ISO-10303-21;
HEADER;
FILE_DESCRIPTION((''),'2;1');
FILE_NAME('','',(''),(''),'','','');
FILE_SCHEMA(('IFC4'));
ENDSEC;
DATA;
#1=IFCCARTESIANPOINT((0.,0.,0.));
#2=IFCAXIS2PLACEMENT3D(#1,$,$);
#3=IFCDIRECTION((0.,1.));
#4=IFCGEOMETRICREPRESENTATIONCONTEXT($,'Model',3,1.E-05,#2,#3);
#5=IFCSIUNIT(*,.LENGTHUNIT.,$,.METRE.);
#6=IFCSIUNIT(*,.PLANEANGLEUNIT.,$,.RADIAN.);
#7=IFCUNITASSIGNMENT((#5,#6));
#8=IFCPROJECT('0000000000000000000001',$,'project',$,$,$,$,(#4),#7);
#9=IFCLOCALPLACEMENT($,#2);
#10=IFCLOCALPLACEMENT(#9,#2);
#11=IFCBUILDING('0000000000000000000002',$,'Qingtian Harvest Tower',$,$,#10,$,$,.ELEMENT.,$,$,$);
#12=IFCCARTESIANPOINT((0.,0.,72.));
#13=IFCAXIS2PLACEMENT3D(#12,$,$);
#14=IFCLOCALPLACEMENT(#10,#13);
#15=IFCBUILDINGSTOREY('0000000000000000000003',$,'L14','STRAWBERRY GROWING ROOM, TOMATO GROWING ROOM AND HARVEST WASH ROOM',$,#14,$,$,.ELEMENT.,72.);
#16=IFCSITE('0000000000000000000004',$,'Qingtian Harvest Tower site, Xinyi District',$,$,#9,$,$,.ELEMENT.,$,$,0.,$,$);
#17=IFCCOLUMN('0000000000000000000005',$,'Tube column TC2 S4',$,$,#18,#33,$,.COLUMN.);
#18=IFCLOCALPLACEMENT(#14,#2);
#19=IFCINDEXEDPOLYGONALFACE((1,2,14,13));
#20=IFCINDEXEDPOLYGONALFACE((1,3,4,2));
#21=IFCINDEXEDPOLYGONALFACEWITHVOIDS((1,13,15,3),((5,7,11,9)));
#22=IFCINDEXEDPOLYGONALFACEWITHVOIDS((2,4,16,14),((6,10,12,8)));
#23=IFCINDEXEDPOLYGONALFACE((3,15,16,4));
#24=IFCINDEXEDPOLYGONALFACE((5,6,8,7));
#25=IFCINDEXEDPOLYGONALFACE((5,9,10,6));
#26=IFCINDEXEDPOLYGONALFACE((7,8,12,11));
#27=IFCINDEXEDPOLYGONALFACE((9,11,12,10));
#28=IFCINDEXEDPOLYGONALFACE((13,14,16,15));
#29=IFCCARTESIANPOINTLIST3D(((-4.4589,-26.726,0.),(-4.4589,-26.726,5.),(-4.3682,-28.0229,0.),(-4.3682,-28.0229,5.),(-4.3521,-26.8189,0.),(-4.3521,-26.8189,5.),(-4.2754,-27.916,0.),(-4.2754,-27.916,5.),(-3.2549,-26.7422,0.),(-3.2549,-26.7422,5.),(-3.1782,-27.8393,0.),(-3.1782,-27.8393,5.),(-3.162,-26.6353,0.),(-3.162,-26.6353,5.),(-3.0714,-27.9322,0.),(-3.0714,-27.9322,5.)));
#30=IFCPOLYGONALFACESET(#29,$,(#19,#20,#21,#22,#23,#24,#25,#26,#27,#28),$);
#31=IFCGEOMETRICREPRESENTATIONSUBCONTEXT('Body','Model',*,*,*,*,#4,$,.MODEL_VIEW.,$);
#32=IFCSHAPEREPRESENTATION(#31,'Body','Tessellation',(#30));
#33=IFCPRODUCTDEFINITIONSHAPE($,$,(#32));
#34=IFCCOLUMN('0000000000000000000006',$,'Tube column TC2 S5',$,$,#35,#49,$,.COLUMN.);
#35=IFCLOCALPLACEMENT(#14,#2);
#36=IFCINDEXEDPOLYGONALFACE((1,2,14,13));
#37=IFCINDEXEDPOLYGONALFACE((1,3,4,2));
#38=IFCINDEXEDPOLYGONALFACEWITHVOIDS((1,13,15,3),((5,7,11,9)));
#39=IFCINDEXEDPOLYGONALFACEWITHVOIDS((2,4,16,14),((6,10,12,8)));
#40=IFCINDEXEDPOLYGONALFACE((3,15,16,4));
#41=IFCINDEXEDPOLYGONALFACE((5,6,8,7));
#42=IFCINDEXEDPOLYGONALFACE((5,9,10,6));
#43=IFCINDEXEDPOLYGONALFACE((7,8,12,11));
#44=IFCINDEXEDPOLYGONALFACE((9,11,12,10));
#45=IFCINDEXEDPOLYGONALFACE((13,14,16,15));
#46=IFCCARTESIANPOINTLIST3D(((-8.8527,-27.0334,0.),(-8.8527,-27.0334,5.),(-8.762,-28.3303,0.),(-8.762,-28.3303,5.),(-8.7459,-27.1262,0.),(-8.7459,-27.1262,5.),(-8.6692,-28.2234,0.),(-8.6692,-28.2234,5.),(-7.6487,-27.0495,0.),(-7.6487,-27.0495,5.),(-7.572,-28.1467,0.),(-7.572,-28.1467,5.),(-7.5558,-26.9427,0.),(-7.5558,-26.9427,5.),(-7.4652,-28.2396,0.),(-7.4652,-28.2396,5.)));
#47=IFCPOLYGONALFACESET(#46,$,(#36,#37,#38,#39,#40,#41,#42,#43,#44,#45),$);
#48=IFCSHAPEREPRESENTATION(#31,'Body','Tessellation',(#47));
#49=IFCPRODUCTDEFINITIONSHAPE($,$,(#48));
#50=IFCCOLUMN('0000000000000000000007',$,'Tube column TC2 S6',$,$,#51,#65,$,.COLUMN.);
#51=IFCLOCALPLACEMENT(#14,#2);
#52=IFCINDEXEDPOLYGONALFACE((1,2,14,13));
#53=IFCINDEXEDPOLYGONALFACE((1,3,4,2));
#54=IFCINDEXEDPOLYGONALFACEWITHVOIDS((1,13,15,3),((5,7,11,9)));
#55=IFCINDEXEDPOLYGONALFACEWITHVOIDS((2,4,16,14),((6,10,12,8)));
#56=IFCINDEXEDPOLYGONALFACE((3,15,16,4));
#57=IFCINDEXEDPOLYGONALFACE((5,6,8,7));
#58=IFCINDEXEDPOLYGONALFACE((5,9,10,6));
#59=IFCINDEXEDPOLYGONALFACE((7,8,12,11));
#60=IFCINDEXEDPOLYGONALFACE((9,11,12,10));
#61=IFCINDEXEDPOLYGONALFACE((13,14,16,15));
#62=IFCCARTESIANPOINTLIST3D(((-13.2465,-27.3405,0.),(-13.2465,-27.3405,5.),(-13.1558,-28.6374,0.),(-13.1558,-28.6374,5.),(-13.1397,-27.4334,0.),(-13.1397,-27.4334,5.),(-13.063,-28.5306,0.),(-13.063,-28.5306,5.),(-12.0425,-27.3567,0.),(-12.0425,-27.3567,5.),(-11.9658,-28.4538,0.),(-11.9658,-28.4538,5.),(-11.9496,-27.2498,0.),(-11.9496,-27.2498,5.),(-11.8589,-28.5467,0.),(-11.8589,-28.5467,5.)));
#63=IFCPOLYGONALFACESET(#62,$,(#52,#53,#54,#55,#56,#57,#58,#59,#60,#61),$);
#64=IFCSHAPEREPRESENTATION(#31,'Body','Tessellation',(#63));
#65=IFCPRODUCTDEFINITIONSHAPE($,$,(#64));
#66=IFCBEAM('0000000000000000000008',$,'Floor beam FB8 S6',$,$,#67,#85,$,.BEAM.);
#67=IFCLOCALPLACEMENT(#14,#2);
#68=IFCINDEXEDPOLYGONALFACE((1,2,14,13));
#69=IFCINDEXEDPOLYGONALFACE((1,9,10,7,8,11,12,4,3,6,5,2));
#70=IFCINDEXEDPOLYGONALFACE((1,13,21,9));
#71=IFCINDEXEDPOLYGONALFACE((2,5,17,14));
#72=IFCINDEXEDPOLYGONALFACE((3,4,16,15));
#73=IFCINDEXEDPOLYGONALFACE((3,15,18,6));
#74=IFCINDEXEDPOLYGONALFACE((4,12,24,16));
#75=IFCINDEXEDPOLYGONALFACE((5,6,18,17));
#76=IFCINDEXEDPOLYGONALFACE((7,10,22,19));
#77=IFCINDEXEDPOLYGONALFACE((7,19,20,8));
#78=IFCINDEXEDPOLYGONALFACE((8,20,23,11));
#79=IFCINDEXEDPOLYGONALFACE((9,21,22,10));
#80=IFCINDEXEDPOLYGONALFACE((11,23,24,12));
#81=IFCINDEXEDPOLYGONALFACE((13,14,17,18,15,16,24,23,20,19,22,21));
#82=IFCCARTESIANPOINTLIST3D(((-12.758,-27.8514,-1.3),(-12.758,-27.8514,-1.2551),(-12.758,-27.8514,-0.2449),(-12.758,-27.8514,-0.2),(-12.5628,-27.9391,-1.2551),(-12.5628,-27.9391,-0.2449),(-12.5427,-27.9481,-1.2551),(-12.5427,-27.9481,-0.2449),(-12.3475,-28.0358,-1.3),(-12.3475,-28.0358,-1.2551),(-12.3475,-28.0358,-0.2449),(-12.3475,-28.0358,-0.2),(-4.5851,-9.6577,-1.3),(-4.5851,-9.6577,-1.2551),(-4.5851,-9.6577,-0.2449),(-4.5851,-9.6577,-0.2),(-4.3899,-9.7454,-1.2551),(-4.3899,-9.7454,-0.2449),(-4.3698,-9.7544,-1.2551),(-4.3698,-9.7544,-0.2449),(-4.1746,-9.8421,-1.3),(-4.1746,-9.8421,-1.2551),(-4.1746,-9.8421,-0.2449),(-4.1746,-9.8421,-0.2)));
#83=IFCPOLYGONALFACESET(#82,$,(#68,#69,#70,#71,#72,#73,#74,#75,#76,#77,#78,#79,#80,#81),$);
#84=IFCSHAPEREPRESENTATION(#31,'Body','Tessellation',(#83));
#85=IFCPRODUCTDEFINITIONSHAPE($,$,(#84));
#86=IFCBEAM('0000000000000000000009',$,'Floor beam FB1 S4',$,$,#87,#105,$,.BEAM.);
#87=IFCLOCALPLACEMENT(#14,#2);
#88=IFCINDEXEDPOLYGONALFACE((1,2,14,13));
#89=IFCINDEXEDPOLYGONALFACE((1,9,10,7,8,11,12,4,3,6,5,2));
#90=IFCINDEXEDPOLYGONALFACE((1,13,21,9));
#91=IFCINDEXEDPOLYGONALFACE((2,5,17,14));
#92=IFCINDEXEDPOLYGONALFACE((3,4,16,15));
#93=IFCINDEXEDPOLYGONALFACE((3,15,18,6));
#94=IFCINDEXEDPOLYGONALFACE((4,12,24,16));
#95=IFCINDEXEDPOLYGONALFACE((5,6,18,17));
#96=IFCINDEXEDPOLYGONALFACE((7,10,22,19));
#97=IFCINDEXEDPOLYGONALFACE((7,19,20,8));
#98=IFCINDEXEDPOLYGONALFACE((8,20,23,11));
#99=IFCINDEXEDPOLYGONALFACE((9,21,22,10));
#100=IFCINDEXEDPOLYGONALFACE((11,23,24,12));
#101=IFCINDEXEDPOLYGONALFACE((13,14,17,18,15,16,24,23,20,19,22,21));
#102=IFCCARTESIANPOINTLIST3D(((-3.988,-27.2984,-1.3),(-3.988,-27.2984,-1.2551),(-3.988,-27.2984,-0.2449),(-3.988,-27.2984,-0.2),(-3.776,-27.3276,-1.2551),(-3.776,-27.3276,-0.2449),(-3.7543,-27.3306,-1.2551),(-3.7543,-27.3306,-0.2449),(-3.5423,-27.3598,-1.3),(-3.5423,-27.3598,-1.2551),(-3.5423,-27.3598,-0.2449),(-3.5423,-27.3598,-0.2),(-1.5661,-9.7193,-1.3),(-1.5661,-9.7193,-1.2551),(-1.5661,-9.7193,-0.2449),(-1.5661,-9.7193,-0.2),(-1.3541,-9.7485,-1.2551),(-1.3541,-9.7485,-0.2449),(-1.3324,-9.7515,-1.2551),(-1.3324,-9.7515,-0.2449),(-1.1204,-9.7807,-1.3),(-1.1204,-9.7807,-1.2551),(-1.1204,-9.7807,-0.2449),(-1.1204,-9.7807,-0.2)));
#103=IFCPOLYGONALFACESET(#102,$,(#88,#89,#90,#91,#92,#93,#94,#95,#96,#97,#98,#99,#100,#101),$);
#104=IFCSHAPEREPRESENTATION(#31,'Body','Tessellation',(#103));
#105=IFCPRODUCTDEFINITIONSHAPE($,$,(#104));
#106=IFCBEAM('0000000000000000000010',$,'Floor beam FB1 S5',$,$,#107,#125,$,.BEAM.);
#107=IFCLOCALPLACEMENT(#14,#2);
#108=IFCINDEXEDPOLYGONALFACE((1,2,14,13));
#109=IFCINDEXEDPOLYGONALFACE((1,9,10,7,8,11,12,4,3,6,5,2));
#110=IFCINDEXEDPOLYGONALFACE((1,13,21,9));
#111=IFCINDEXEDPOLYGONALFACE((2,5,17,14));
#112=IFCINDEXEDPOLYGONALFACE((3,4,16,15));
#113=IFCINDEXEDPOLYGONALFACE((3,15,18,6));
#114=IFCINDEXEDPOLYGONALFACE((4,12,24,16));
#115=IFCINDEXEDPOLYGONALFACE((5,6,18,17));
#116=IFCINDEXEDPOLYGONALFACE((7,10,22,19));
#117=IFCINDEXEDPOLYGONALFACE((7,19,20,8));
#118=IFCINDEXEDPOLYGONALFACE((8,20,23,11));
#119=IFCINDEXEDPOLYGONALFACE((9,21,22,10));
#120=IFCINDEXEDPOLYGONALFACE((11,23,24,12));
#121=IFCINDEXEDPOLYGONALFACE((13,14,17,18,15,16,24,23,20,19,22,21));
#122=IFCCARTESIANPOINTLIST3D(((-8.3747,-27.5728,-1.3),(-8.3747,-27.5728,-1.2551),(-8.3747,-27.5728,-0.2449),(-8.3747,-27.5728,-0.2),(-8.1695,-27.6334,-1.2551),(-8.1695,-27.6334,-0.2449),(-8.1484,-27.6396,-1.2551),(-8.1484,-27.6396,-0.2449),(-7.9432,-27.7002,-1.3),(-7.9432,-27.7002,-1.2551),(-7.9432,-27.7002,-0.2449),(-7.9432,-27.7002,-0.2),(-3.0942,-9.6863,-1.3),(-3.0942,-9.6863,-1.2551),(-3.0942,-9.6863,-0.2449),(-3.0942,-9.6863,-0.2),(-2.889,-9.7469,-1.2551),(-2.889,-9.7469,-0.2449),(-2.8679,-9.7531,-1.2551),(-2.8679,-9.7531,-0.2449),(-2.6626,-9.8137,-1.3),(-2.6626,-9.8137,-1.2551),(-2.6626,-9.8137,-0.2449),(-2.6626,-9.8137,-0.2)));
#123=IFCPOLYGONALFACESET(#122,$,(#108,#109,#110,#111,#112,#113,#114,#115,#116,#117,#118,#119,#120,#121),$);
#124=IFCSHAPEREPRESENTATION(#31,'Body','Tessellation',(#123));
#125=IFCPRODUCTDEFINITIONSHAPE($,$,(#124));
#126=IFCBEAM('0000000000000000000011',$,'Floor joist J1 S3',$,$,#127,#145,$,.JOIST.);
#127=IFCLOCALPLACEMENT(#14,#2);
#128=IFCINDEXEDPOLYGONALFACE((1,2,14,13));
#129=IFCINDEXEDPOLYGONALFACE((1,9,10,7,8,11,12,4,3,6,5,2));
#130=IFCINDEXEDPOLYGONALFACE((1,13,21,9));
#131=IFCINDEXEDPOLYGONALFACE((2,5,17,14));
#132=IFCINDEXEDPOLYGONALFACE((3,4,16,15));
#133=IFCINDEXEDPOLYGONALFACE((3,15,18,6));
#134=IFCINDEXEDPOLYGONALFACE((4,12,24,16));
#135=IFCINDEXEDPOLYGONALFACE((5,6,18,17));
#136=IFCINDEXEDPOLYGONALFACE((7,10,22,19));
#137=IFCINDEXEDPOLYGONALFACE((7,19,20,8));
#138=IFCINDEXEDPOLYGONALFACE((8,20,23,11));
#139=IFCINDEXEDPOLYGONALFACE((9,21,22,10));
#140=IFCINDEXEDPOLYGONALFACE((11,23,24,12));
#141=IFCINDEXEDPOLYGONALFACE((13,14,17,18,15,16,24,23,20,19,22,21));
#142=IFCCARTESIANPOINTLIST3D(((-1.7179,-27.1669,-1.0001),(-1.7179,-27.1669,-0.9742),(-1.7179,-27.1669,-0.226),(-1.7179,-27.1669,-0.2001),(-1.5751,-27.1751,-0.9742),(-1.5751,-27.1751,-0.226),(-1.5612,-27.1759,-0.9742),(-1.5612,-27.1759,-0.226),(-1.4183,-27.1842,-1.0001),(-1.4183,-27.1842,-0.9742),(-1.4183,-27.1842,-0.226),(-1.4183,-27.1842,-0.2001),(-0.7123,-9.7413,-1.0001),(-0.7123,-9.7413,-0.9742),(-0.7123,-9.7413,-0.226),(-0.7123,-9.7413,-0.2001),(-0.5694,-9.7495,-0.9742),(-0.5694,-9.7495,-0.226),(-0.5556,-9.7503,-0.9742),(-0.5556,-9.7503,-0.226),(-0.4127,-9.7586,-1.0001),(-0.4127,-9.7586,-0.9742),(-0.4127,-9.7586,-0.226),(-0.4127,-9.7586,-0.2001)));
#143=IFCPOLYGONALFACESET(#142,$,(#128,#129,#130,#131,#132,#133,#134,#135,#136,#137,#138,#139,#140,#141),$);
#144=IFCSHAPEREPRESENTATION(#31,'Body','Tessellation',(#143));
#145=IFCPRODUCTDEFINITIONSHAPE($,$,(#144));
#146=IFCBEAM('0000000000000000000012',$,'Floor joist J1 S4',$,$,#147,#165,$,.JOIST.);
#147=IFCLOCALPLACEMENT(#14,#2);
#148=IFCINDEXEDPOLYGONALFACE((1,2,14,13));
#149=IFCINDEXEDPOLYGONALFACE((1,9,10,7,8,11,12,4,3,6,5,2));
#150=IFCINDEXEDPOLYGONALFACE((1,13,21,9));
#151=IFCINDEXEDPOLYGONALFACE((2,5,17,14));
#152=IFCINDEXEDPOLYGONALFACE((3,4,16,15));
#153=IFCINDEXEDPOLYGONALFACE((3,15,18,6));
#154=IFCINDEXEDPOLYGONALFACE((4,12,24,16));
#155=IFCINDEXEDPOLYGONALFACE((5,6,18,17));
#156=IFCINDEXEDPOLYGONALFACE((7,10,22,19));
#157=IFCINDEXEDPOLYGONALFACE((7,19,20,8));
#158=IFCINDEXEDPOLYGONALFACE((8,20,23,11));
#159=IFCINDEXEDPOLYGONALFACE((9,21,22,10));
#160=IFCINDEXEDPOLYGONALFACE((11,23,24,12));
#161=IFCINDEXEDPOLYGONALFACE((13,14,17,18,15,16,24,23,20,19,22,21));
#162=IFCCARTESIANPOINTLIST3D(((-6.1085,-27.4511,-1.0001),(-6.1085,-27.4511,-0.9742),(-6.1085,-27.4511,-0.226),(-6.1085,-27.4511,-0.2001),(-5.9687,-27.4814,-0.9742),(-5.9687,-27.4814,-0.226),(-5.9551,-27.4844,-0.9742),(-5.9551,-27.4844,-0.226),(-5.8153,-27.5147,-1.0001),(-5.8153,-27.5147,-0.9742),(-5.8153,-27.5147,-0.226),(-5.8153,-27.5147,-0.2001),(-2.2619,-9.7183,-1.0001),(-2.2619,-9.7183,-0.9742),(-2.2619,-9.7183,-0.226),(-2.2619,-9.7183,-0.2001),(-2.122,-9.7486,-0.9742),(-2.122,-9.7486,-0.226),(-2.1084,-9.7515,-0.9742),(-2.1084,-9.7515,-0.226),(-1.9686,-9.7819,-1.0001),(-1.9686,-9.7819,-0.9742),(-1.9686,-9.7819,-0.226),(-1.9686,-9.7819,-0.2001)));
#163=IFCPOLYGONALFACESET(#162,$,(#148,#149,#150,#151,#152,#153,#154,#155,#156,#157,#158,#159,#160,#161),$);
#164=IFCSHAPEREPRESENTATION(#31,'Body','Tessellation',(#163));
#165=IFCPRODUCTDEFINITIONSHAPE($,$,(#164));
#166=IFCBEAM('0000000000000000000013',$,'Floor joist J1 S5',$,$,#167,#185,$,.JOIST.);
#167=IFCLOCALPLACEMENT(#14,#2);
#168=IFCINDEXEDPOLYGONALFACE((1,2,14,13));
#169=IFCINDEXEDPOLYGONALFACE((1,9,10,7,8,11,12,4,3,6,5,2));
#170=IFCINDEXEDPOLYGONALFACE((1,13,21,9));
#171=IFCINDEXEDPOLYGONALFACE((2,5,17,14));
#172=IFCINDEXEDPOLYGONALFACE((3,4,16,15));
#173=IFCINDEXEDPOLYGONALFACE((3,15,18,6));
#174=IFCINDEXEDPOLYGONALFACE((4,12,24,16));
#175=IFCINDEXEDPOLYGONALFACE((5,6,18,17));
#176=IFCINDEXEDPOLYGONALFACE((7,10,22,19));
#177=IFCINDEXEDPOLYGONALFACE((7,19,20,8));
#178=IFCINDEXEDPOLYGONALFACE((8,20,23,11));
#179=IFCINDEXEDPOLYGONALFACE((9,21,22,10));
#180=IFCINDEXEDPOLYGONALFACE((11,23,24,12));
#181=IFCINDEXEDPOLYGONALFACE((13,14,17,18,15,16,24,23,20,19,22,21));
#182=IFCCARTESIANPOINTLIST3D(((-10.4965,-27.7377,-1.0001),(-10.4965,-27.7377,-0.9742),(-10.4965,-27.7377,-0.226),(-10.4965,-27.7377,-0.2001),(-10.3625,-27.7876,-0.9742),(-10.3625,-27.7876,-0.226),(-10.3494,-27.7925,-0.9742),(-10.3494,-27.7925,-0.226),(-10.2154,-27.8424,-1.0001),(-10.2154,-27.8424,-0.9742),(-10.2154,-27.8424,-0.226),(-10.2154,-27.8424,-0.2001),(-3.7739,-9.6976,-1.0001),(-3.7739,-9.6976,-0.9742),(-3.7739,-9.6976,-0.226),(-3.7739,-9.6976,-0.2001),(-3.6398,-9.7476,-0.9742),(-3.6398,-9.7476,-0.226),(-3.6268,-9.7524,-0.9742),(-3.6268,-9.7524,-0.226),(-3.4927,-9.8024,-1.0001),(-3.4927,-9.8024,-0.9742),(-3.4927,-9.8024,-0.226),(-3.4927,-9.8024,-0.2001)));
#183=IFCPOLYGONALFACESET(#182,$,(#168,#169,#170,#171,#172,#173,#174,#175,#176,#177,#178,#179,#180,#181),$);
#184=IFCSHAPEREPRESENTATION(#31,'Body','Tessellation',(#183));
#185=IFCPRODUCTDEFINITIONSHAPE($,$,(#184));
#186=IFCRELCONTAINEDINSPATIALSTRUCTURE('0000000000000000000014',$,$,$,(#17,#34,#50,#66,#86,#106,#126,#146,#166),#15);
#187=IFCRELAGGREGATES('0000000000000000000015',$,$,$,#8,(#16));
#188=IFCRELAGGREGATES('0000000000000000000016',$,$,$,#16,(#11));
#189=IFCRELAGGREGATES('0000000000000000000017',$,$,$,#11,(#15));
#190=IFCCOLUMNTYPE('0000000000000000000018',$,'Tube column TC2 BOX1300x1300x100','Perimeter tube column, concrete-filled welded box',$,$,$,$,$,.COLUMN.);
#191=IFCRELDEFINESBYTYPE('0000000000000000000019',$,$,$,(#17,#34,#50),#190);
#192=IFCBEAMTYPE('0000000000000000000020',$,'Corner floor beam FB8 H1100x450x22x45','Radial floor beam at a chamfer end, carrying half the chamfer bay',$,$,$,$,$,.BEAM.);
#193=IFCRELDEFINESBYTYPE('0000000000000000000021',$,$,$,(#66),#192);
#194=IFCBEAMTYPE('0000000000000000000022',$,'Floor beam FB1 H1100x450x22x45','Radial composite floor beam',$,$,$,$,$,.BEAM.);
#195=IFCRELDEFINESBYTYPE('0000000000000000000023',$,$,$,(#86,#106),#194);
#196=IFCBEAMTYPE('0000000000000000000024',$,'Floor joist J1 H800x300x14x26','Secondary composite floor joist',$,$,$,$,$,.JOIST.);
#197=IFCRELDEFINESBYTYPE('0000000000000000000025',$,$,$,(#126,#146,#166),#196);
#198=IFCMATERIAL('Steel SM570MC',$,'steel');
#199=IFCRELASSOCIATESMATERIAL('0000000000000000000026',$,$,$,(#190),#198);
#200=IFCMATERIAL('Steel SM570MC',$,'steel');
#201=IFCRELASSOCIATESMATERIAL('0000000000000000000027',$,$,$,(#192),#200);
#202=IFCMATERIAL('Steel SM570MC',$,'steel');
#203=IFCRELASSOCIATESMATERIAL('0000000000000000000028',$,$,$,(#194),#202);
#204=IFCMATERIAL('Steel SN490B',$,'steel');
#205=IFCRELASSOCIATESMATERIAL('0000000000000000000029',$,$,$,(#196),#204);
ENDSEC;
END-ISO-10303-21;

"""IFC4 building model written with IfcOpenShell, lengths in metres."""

from ifc_helpers import new_model, si_unit, direction, frame, origin, origin_2d, place, context, subcontext, project, spatial, hollow_rectangle, i_section, extrude, material, material_profile, profile_set, type_object, element, save


model = new_model("IFC4")

# Units and contexts
model_context = context("Model", 3, precision=1e-05, world=origin(), true_north=direction((0.0, 1.0)))
body_context = subcontext(model_context, "Body", "Model", "MODEL_VIEW")
ifc_project = project(units=[si_unit("LENGTHUNIT", "METRE"), si_unit("PLANEANGLEUNIT", "RADIAN")], contexts=[model_context])

# Site, building, storey
site_placement = place(None, origin())
site = spatial("IfcSite", under=ifc_project, at=site_placement, Name="Qingtian Harvest Tower site, Xinyi District", CompositionType="ELEMENT", RefElevation=0.0)
building_placement = place(site_placement, origin())
building = spatial("IfcBuilding", under=site, at=building_placement, Name="Qingtian Harvest Tower", CompositionType="ELEMENT")
storey_placement = place(building_placement, frame((0.0, 0.0, 72.0)))
storey = spatial("IfcBuildingStorey", under=building, at=storey_placement, Name="L14", Description="STRAWBERRY GROWING ROOM, TOMATO GROWING ROOM AND HARVEST WASH ROOM", CompositionType="ELEMENT", Elevation=72.0)

# Columns
ifc_material_1 = material(Name="Steel SM570MC", Category="steel")
ifc_material_profile_1 = material_profile(ifc_material_1, hollow_rectangle(XDim=1.3, YDim=1.3, WallThickness=0.1001, at=origin_2d()), Name="BOX1300x1300x100")
ifc_profile_set_1 = profile_set([ifc_material_profile_1], Name="Steel SM570MC")
column_type = type_object("IfcColumnType", Name="Tube column TC2 BOX1300x1300x100", Description="Perimeter tube column, concrete-filled welded box", PredefinedType="COLUMN", material=ifc_profile_set_1)
for number, where, z_axis, x_axis, name in (
    (1, (-3.7651, -27.3291, 0.0), (0.0, 0.0, 1.0), (0.997564, 0.069756, 0.0), "Tube column TC2 S4"),
    (2, (-8.1589, -27.6365, 0.0), (0.0, 0.0, 1.0), (0.997564, 0.069756, 0.0), "Tube column TC2 S5"),
    (3, (-12.5527, -27.9436, 0.0), (0.0, 0.0, 1.0), (0.997564, 0.069756, 0.0), "Tube column TC2 S6"),
):
    element("IfcColumn", number, at=place(storey_placement, frame(where, z_axis=z_axis, x_axis=x_axis)), inside=storey, type_object=column_type, Name=name, PredefinedType="COLUMN", context=body_context, shape_type="SweptSolid", body=[
        extrude(hollow_rectangle(XDim=1.3, YDim=1.3, WallThickness=0.1001, at=origin_2d()), origin(), (0.0, 0.0, 1.0), 5.0),
    ])

# Beams
ifc_material_2 = material(Name="Steel SM570MC", Category="steel")
ifc_material_profile_2 = material_profile(ifc_material_2, i_section(OverallWidth=0.45, OverallDepth=1.1001, WebThickness=0.022, FlangeThickness=0.0449, at=origin_2d()), Name="H1100x450x22x45")
ifc_profile_set_2 = profile_set([ifc_material_profile_2], Name="Steel SM570MC")
beam_type_1 = type_object("IfcBeamType", Name="Corner floor beam FB8 H1100x450x22x45", Description="Radial floor beam at a chamfer end, carrying half the chamfer bay", PredefinedType="BEAM", material=ifc_profile_set_2)
beam_1_placement = place(storey_placement, frame((-12.5527, -27.9436, -0.75), z_axis=(0.40977, 0.912189, 0.0), x_axis=(-0.912189, 0.40977, 0.0)))
element("IfcBeam", 4, at=beam_1_placement, inside=storey, type_object=beam_type_1, Name="Floor beam FB8 S6", PredefinedType="BEAM", context=body_context, shape_type="SweptSolid", body=[
    extrude(i_section(OverallWidth=0.45, OverallDepth=1.1001, WebThickness=0.022, FlangeThickness=0.0449, at=origin_2d()), origin(), (0.0, 0.0, 1.0), 19.9451),
])
ifc_material_3 = material(Name="Steel SM570MC", Category="steel")
ifc_material_profile_3 = material_profile(ifc_material_3, i_section(OverallWidth=0.45, OverallDepth=1.1001, WebThickness=0.022, FlangeThickness=0.0449, at=origin_2d()), Name="H1100x450x22x45")
ifc_profile_set_3 = profile_set([ifc_material_profile_3], Name="Steel SM570MC")
beam_type_2 = type_object("IfcBeamType", Name="Floor beam FB1 H1100x450x22x45", Description="Radial composite floor beam", PredefinedType="BEAM", material=ifc_profile_set_3)
beam_2_placement = place(storey_placement, frame((-3.7651, -27.3291, -0.75), z_axis=(0.136481, 0.990643, 0.0), x_axis=(-0.990643, 0.136481, 0.0)))
element("IfcBeam", 5, at=beam_2_placement, inside=storey, type_object=beam_type_2, Name="Floor beam FB1 S4", PredefinedType="BEAM", context=body_context, shape_type="SweptSolid", body=[
    extrude(i_section(OverallWidth=0.45, OverallDepth=1.1001, WebThickness=0.022, FlangeThickness=0.0449, at=origin_2d()), origin(), (0.0, 0.0, 1.0), 17.7451),
])
beam_3_placement = place(storey_placement, frame((-8.1589, -27.6365, -0.75), z_axis=(0.283143, 0.959078, 0.0), x_axis=(-0.959078, 0.283143, 0.0)))
element("IfcBeam", 6, at=beam_3_placement, inside=storey, type_object=beam_type_2, Name="Floor beam FB1 S5", PredefinedType="BEAM", context=body_context, shape_type="SweptSolid", body=[
    extrude(i_section(OverallWidth=0.45, OverallDepth=1.1001, WebThickness=0.022, FlangeThickness=0.0449, at=origin_2d()), origin(), (0.0, 0.0, 1.0), 18.6497),
])
ifc_material_4 = material(Name="Steel SN490B", Category="steel")
ifc_material_profile_4 = material_profile(ifc_material_4, i_section(OverallWidth=0.3, OverallDepth=0.8, WebThickness=0.0139, FlangeThickness=0.0259, at=origin_2d()), Name="H800x300x14x26")
ifc_profile_set_4 = profile_set([ifc_material_profile_4], Name="Steel SN490B")
beam_type_3 = type_object("IfcBeamType", Name="Floor joist J1 H800x300x14x26", Description="Secondary composite floor joist", PredefinedType="JOIST", material=ifc_profile_set_4)
beam_4_placement = place(storey_placement, frame((-1.5681, -27.1755, -0.6001), z_axis=(0.057613, 0.998339, 0.0), x_axis=(-0.998339, 0.057613, 0.0)))
element("IfcBeam", 7, at=beam_4_placement, inside=storey, type_object=beam_type_3, Name="Floor joist J1 S3", PredefinedType="JOIST", context=body_context, shape_type="SweptSolid", body=[
    extrude(i_section(OverallWidth=0.3, OverallDepth=0.8, WebThickness=0.0139, FlangeThickness=0.0259, at=origin_2d()), origin(), (0.0, 0.0, 1.0), 17.4546),
])
beam_5_placement = place(storey_placement, frame((-5.9619, -27.4829, -0.6001), z_axis=(0.211993, 0.977271, 0.0), x_axis=(-0.977271, 0.211993, 0.0)))
element("IfcBeam", 8, at=beam_5_placement, inside=storey, type_object=beam_type_3, Name="Floor joist J1 S4", PredefinedType="JOIST", context=body_context, shape_type="SweptSolid", body=[
    extrude(i_section(OverallWidth=0.3, OverallDepth=0.8, WebThickness=0.0139, FlangeThickness=0.0259, at=origin_2d()), origin(), (0.0, 0.0, 1.0), 18.1453),
])
beam_6_placement = place(storey_placement, frame((-10.356, -27.79, -0.6001), z_axis=(0.349194, 0.937051, 0.0), x_axis=(-0.937051, 0.349194, 0.0)))
element("IfcBeam", 9, at=beam_6_placement, inside=storey, type_object=beam_type_3, Name="Floor joist J1 S5", PredefinedType="JOIST", context=body_context, shape_type="SweptSolid", body=[
    extrude(i_section(OverallWidth=0.3, OverallDepth=0.8, WebThickness=0.0139, FlangeThickness=0.0259, at=origin_2d()), origin(), (0.0, 0.0, 1.0), 19.252),
])

save(model, "model.ifc")
